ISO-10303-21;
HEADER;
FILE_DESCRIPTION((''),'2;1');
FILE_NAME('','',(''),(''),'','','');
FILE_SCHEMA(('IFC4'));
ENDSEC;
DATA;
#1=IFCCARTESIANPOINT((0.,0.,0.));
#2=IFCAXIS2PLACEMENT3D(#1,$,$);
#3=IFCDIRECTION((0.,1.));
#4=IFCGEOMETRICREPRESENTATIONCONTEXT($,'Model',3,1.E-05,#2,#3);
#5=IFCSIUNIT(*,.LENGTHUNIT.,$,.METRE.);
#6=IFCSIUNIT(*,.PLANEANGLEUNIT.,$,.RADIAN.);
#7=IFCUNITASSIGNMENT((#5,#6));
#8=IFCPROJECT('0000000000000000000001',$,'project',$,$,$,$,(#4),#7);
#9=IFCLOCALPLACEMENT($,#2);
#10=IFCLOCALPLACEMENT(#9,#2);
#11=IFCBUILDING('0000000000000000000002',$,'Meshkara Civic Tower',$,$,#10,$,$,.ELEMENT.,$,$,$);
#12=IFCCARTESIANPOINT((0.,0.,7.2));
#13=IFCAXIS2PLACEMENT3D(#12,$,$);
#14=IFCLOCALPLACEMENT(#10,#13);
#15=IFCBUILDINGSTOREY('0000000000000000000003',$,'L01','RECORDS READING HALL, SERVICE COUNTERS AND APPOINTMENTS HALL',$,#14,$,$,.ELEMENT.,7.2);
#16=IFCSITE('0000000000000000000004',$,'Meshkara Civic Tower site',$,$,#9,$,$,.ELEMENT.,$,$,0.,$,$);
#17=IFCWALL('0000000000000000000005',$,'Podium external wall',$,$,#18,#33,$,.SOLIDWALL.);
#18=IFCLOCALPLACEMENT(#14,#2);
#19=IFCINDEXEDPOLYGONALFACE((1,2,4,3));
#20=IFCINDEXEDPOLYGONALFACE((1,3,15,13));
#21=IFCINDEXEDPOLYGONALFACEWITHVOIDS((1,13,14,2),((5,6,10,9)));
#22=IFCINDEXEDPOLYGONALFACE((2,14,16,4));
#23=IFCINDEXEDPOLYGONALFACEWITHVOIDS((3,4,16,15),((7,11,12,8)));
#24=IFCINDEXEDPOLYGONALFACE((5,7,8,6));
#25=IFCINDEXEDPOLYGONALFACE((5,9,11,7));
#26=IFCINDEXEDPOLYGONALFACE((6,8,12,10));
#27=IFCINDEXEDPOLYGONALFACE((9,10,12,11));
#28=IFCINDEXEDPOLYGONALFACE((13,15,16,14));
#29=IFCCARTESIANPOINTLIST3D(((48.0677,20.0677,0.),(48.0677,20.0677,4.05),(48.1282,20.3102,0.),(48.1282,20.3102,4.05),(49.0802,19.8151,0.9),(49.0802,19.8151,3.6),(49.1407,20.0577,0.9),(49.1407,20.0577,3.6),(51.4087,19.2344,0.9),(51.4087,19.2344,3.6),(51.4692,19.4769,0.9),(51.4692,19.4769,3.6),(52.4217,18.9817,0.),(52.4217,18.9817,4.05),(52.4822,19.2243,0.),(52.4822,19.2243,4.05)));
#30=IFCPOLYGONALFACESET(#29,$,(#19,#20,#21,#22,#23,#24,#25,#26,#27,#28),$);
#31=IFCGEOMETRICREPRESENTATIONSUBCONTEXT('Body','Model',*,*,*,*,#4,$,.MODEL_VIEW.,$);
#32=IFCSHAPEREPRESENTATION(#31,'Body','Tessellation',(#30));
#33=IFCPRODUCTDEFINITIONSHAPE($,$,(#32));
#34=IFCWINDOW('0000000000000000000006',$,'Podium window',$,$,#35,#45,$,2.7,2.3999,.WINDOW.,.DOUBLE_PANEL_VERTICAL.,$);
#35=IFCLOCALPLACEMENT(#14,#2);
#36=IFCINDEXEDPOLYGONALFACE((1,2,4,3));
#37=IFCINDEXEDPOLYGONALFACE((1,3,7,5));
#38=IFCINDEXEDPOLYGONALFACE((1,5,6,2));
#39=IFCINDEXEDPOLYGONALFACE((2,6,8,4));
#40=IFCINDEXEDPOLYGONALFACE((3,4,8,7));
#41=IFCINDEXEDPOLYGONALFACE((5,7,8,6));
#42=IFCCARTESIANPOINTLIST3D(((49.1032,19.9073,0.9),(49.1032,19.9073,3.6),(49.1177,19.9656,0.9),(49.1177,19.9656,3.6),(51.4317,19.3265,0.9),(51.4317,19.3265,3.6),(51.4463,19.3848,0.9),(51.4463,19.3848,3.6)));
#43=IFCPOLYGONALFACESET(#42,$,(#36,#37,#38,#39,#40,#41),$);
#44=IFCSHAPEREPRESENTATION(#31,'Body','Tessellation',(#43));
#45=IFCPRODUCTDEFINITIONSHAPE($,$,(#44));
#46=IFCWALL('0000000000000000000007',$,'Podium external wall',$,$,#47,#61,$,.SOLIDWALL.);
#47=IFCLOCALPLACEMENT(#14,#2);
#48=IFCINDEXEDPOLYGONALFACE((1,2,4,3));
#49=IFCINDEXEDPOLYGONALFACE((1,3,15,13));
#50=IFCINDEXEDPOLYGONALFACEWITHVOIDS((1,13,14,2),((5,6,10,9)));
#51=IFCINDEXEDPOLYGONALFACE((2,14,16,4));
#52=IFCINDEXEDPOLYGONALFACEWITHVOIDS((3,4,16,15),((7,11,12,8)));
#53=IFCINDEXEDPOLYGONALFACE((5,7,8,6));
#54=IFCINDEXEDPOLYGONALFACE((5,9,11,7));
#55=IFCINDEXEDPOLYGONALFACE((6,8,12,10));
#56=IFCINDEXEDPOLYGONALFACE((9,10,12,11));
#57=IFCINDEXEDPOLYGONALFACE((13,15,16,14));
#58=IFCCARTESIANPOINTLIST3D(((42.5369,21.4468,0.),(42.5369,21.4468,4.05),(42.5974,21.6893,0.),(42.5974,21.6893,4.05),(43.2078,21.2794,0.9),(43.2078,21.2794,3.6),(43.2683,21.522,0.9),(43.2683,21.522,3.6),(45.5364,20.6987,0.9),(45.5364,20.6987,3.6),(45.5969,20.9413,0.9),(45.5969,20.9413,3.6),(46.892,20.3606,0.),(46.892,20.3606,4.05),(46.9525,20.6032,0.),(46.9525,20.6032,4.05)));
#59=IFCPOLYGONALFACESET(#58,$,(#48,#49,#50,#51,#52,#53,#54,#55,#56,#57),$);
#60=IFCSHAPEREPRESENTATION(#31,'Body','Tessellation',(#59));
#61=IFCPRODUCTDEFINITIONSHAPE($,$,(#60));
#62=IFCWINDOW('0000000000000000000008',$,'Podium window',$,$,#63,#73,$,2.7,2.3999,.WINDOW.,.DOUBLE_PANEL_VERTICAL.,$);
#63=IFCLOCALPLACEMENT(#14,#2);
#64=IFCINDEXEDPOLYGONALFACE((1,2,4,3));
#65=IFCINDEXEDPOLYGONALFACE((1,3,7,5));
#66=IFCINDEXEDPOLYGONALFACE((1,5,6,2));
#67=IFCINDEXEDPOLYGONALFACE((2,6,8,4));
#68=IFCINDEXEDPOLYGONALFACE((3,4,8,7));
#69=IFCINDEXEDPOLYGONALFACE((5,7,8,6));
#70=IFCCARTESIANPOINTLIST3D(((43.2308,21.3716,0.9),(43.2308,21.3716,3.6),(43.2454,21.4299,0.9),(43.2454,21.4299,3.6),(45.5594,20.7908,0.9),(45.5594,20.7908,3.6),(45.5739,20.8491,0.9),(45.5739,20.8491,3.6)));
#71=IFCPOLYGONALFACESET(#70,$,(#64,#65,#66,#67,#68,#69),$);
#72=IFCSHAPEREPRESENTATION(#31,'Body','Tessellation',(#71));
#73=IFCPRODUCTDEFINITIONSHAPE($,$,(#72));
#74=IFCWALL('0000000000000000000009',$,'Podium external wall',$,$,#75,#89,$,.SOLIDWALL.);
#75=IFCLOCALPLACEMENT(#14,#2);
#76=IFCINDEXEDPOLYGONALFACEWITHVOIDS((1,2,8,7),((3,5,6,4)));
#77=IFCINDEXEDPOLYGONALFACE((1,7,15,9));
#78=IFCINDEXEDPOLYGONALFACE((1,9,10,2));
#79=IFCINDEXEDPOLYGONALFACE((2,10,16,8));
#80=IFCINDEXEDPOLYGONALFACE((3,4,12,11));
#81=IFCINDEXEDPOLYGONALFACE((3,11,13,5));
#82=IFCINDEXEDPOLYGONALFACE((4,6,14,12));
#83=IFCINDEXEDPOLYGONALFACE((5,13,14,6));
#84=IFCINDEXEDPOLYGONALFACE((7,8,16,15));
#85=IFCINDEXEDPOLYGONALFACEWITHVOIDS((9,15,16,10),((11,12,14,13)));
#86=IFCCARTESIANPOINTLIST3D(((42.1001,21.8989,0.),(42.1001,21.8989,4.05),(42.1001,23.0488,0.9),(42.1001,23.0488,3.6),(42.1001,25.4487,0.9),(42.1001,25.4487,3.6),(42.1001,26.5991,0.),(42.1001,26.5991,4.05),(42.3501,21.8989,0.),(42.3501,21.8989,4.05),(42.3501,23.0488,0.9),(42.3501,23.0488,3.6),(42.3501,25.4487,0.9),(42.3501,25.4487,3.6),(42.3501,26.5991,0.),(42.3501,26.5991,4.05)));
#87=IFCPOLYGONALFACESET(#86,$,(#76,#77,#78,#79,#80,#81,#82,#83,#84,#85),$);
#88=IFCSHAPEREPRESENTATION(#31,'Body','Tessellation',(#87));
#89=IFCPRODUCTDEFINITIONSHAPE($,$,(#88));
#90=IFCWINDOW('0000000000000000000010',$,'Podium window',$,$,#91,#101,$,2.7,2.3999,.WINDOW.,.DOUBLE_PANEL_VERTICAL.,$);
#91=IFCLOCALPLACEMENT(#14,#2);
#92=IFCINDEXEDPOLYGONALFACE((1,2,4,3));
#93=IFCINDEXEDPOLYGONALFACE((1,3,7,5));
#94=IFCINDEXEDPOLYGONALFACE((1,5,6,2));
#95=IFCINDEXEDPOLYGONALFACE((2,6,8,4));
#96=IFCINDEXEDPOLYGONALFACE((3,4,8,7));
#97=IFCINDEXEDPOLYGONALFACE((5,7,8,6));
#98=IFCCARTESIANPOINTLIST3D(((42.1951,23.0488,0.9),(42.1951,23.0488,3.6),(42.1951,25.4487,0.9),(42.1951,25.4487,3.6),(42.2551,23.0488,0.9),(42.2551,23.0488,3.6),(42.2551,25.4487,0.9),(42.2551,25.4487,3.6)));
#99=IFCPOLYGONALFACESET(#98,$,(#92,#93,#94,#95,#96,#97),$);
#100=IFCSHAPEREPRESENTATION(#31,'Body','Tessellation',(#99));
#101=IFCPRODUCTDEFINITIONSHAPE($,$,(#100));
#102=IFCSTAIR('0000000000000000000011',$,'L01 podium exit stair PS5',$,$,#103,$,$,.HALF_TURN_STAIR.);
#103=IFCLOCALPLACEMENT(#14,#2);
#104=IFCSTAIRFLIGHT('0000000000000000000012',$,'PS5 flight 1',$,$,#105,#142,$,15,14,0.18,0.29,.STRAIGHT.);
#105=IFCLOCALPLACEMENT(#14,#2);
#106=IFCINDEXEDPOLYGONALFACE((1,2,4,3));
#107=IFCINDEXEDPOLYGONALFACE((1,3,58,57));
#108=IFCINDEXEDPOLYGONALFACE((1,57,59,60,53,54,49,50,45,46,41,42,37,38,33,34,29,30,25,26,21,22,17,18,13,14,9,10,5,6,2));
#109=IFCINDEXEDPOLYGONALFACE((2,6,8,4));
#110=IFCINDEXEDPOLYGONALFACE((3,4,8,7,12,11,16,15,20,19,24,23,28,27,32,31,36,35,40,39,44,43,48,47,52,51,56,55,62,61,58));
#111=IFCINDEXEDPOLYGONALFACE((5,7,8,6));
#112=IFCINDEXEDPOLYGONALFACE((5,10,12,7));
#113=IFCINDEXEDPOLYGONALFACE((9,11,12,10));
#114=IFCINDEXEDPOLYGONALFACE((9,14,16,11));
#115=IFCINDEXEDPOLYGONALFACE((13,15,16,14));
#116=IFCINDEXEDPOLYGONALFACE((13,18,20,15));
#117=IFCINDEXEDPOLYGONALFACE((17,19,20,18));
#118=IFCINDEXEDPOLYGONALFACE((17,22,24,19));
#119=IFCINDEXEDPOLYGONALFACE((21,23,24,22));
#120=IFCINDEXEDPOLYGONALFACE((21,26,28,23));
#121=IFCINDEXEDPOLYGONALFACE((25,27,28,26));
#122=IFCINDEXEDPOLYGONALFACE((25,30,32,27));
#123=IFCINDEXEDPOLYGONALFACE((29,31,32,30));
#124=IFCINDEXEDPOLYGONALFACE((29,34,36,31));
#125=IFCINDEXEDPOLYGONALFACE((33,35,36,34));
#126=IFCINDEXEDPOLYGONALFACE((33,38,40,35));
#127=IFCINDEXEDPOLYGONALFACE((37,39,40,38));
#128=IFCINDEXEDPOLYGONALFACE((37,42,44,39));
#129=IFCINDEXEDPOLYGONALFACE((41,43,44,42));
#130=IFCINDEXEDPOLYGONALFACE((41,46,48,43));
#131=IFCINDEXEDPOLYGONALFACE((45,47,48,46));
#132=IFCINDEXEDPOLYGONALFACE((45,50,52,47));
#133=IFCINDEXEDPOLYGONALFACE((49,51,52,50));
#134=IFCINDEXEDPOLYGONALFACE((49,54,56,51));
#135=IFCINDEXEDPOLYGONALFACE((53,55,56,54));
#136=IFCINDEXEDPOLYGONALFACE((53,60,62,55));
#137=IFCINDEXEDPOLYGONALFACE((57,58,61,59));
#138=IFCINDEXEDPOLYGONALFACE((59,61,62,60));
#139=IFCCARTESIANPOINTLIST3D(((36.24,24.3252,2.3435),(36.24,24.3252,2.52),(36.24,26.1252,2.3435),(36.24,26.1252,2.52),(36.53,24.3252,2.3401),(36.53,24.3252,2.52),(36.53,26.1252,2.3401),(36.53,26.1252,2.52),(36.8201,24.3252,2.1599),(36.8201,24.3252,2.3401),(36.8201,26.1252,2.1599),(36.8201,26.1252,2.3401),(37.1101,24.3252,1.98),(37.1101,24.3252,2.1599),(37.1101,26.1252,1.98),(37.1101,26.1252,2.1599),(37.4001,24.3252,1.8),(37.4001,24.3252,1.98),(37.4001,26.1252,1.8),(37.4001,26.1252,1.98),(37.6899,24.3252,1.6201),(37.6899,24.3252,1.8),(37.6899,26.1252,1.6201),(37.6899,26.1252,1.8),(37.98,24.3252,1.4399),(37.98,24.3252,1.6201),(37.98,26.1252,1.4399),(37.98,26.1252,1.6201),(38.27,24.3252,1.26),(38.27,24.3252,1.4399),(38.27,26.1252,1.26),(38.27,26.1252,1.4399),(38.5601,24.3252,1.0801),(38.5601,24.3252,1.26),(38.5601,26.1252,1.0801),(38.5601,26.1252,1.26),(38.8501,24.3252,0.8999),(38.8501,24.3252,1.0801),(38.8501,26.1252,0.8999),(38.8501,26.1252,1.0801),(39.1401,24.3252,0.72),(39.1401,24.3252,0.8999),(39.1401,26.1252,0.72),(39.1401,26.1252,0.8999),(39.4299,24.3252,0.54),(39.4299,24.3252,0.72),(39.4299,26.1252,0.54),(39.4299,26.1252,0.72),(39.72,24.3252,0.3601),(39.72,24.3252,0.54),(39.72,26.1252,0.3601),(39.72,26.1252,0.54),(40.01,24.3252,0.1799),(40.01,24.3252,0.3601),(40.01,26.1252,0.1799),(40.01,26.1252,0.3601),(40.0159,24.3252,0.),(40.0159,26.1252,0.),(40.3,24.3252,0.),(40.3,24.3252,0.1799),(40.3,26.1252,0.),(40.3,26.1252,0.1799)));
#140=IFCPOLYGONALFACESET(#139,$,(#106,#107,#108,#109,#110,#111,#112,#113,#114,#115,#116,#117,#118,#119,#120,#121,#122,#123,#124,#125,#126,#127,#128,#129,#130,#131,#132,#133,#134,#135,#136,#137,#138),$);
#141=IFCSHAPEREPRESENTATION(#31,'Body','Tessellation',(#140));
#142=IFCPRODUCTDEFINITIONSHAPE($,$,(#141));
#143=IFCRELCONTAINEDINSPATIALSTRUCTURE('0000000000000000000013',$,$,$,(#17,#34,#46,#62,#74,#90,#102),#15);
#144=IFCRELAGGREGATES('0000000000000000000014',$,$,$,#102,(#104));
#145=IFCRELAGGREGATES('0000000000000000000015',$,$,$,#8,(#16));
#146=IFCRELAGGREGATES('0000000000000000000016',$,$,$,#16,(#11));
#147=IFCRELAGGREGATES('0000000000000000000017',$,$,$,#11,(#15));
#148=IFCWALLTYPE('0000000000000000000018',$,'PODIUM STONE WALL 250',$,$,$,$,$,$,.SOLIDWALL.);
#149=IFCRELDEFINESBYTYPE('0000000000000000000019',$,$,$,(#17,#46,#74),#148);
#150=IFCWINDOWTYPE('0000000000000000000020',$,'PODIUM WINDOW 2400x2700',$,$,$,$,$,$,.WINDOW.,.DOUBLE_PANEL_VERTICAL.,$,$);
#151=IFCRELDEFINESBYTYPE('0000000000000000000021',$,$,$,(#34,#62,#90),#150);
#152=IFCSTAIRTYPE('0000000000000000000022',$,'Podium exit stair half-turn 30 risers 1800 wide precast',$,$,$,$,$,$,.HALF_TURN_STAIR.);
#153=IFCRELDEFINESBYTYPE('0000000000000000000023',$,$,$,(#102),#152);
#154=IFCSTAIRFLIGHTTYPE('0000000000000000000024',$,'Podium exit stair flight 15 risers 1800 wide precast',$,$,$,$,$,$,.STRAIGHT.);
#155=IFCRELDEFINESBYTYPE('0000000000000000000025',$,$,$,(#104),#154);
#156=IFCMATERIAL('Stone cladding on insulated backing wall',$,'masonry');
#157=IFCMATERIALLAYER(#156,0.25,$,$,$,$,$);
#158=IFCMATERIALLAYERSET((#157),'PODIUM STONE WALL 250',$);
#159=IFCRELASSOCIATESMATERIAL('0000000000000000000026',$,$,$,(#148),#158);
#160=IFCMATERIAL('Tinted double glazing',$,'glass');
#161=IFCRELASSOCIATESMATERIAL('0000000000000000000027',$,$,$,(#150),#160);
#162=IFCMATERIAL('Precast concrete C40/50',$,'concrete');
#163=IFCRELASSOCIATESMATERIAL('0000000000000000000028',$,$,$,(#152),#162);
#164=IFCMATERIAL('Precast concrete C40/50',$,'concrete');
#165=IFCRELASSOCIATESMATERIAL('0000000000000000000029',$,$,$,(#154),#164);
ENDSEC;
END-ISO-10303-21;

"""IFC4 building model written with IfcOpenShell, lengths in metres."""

from ifc_helpers import new_model, si_unit, direction, frame, frame_2d, origin, place, context, subcontext, project, spatial, polyline, rectangle, outline, extrude, material, layer, layer_set, type_object, element, fill, aggregate, save


model = new_model("IFC4")

# Units and contexts
model_context = context("Model", 3, precision=1e-05, world=origin(), true_north=direction((0.0, 1.0)))
body_context = subcontext(model_context, "Body", "Model", "MODEL_VIEW")
ifc_project = project(units=[si_unit("LENGTHUNIT", "METRE"), si_unit("PLANEANGLEUNIT", "RADIAN")], contexts=[model_context])

# Site, building, storey
site_placement = place(None, origin())
site = spatial("IfcSite", under=ifc_project, at=site_placement, Name="Meshkara Civic Tower site", CompositionType="ELEMENT", RefElevation=0.0)
building_placement = place(site_placement, origin())
building = spatial("IfcBuilding", under=site, at=building_placement, Name="Meshkara Civic Tower", CompositionType="ELEMENT")
storey_placement = place(building_placement, frame((0.0, 0.0, 7.2)))
storey = spatial("IfcBuildingStorey", under=building, at=storey_placement, Name="L01", Description="RECORDS READING HALL, SERVICE COUNTERS AND APPOINTMENTS HALL", CompositionType="ELEMENT", Elevation=7.2)

# Walls, openings, windows
ifc_material_1 = material(Name="Stone cladding on insulated backing wall", Category="masonry")
ifc_layer = layer(ifc_material_1, 0.25)
ifc_layer_set = layer_set([ifc_layer], Name="PODIUM STONE WALL 250")
wall_type = type_object("IfcWallType", Name="PODIUM STONE WALL 250", PredefinedType="SOLIDWALL", material=ifc_layer_set)
ifc_material_2 = material(Name="Tinted double glazing", Category="glass")
window_type_1 = type_object("IfcWindowType", Name="PODIUM WINDOW 2400x2700", PartitioningType="DOUBLE_PANEL_VERTICAL", PredefinedType="WINDOW", material=ifc_material_2)
wall_1_placement = place(storey_placement, frame((52.4519, 19.103, 0.0), z_axis=(0.0, 0.0, 1.0), x_axis=(-0.970277, 0.241998, 0.0)))
wall_1 = element("IfcWall", 1, at=wall_1_placement, inside=storey, type_object=wall_type, Name="Podium external wall", PredefinedType="SOLIDWALL", context=body_context, shape_type="SweptSolid", body=[
    extrude(rectangle(XDim=4.4873, YDim=0.25, at=frame_2d((2.2437, 0.0))), origin(), (0.0, 0.0, 1.0), 4.05),
])
opening_1_placement = place(wall_1_placement, frame((1.0439, 0.0, 0.8999)))
opening_1 = element("IfcOpeningElement", 2, at=opening_1_placement, cuts=wall_1, PredefinedType="OPENING", context=body_context, shape_type="SweptSolid", body=[
    extrude(rectangle(XDim=2.3999, YDim=2.7, at=frame_2d((1.2, 1.3501))), frame((0.0, 0.135, 0.0), z_axis=(0.0, -1.0, 0.0), x_axis=(1.0, 0.0, 0.0)), (0.0, 0.0, 1.0), 0.27),
])
window_1_placement = place(opening_1_placement, origin())
window_1 = element("IfcWindow", 3, at=window_1_placement, inside=storey, type_object=window_type_1, Name="Podium window", OverallHeight=2.7, OverallWidth=2.3999, PartitioningType="DOUBLE_PANEL_VERTICAL", PredefinedType="WINDOW", context=body_context, shape_type="SweptSolid", body=[
    extrude(rectangle(XDim=2.3999, YDim=2.7, at=frame_2d((1.2, 1.3501))), frame((0.0, 0.03, 0.0), z_axis=(0.0, -1.0, 0.0), x_axis=(1.0, 0.0, 0.0)), (0.0, 0.0, 1.0), 0.0601),
])
fill(opening_1, window_1)
wall_2_placement = place(storey_placement, frame((46.9221, 20.4819, 0.0), z_axis=(0.0, 0.0, 1.0), x_axis=(-0.97028, 0.241985, 0.0)))
wall_2 = element("IfcWall", 4, at=wall_2_placement, inside=storey, type_object=wall_type, Name="Podium external wall", PredefinedType="SOLIDWALL", context=body_context, shape_type="SweptSolid", body=[
    extrude(rectangle(XDim=4.4885, YDim=0.25, at=frame_2d((2.2441, 0.0))), origin(), (0.0, 0.0, 1.0), 4.05),
])
opening_2_placement = place(wall_2_placement, frame((1.397, 0.0, 0.8999)))
opening_2 = element("IfcOpeningElement", 5, at=opening_2_placement, cuts=wall_2, PredefinedType="OPENING", context=body_context, shape_type="SweptSolid", body=[
    extrude(rectangle(XDim=2.3999, YDim=2.7, at=frame_2d((1.2, 1.3501))), frame((0.0, 0.135, 0.0), z_axis=(0.0, -1.0, 0.0), x_axis=(1.0, 0.0, 0.0)), (0.0, 0.0, 1.0), 0.27),
])
window_2_placement = place(opening_2_placement, origin())
window_2 = element("IfcWindow", 6, at=window_2_placement, inside=storey, type_object=window_type_1, Name="Podium window", OverallHeight=2.7, OverallWidth=2.3999, PartitioningType="DOUBLE_PANEL_VERTICAL", PredefinedType="WINDOW", context=body_context, shape_type="SweptSolid", body=[
    extrude(rectangle(XDim=2.3999, YDim=2.7, at=frame_2d((1.2, 1.3501))), frame((0.0, 0.03, 0.0), z_axis=(0.0, -1.0, 0.0), x_axis=(1.0, 0.0, 0.0)), (0.0, 0.0, 1.0), 0.0601),
])
fill(opening_2, window_2)
wall_3_placement = place(storey_placement, frame((42.2251, 21.8989, 0.0), z_axis=(0.0, 0.0, 1.0), x_axis=(0.0, 1.0, 0.0)))
wall_3 = element("IfcWall", 7, at=wall_3_placement, inside=storey, type_object=wall_type, Name="Podium external wall", PredefinedType="SOLIDWALL", context=body_context, shape_type="SweptSolid", body=[
    extrude(rectangle(XDim=4.7002, YDim=0.25, at=frame_2d((2.3501, 0.0))), origin(), (0.0, 0.0, 1.0), 4.05),
])
opening_3_placement = place(wall_3_placement, frame((1.1499, 0.0, 0.8999)))
opening_3 = element("IfcOpeningElement", 8, at=opening_3_placement, cuts=wall_3, PredefinedType="OPENING", context=body_context, shape_type="SweptSolid", body=[
    extrude(rectangle(XDim=2.3999, YDim=2.7, at=frame_2d((1.2, 1.3501))), frame((0.0, 0.135, 0.0), z_axis=(0.0, -1.0, 0.0), x_axis=(1.0, 0.0, 0.0)), (0.0, 0.0, 1.0), 0.27),
])
window_3_placement = place(opening_3_placement, origin())
window_3 = element("IfcWindow", 9, at=window_3_placement, inside=storey, type_object=window_type_1, Name="Podium window", OverallHeight=2.7, OverallWidth=2.3999, PartitioningType="DOUBLE_PANEL_VERTICAL", PredefinedType="WINDOW", context=body_context, shape_type="SweptSolid", body=[
    extrude(rectangle(XDim=2.3999, YDim=2.7, at=frame_2d((1.2, 1.3501))), frame((0.0, 0.03, 0.0), z_axis=(0.0, -1.0, 0.0), x_axis=(1.0, 0.0, 0.0)), (0.0, 0.0, 1.0), 0.0601),
])
fill(opening_3, window_3)

# Stair, stair flight
ifc_material_3 = material(Name="Precast concrete C40/50", Category="concrete")
stair_type = type_object("IfcStairType", Name="Podium exit stair half-turn 30 risers 1800 wide precast", PredefinedType="HALF_TURN_STAIR", material=ifc_material_3)
stair_placement = place(storey_placement, origin())
stair = element("IfcStair", 10, at=stair_placement, inside=storey, type_object=stair_type, Name="L01 podium exit stair PS5", PredefinedType="HALF_TURN_STAIR")
ifc_material_4 = material(Name="Precast concrete C40/50", Category="concrete")
stair_flight_type = type_object("IfcStairFlightType", Name="Podium exit stair flight 15 risers 1800 wide precast", PredefinedType="STRAIGHT", material=ifc_material_4)
stair_flight_placement = place(storey_placement, frame((40.3, 25.2251, 0.0), z_axis=(0.0, 0.0, 1.0), x_axis=(-1.0, 0.0, 0.0)))
stair_flight = element("IfcStairFlight", 11, at=stair_flight_placement, type_object=stair_flight_type, Name="PS5 flight 1", NumberOfRisers=15, NumberOfTreads=14, PredefinedType="STRAIGHT", RiserHeight=0.18, TreadLength=0.29, context=body_context, shape_type="SweptSolid", body=[
    extrude(outline(polyline([(0.0, 0.0), (0.0, 0.1799), (0.29, 0.1799), (0.29, 0.3601), (0.5801, 0.3601), (0.5801, 0.54), (0.8701, 0.54), (0.8701, 0.72), (1.1599, 0.72), (1.1599, 0.8999), (1.45, 0.8999), (1.45, 1.0801), (1.74, 1.0801), (1.74, 1.26), (2.03, 1.26), (2.03, 1.4399), (2.3201, 1.4399), (2.3201, 1.6201), (2.6101, 1.6201), (2.6101, 1.8), (2.8999, 1.8), (2.8999, 1.98), (3.1899, 1.98), (3.1899, 2.1599), (3.48, 2.1599), (3.48, 2.3401), (3.77, 2.3401), (3.77, 2.52), (4.0601, 2.52), (4.0601, 2.7), (4.0601, 2.3435), (0.2842, 0.0), (0.0, 0.0)])), frame((0.0, 0.8999, 0.0), z_axis=(0.0, -1.0, 0.0), x_axis=(1.0, 0.0, 0.0)), (0.0, 0.0, 1.0), 1.8),
])
aggregate(stair, [stair_flight])

save(model, "model.ifc")
